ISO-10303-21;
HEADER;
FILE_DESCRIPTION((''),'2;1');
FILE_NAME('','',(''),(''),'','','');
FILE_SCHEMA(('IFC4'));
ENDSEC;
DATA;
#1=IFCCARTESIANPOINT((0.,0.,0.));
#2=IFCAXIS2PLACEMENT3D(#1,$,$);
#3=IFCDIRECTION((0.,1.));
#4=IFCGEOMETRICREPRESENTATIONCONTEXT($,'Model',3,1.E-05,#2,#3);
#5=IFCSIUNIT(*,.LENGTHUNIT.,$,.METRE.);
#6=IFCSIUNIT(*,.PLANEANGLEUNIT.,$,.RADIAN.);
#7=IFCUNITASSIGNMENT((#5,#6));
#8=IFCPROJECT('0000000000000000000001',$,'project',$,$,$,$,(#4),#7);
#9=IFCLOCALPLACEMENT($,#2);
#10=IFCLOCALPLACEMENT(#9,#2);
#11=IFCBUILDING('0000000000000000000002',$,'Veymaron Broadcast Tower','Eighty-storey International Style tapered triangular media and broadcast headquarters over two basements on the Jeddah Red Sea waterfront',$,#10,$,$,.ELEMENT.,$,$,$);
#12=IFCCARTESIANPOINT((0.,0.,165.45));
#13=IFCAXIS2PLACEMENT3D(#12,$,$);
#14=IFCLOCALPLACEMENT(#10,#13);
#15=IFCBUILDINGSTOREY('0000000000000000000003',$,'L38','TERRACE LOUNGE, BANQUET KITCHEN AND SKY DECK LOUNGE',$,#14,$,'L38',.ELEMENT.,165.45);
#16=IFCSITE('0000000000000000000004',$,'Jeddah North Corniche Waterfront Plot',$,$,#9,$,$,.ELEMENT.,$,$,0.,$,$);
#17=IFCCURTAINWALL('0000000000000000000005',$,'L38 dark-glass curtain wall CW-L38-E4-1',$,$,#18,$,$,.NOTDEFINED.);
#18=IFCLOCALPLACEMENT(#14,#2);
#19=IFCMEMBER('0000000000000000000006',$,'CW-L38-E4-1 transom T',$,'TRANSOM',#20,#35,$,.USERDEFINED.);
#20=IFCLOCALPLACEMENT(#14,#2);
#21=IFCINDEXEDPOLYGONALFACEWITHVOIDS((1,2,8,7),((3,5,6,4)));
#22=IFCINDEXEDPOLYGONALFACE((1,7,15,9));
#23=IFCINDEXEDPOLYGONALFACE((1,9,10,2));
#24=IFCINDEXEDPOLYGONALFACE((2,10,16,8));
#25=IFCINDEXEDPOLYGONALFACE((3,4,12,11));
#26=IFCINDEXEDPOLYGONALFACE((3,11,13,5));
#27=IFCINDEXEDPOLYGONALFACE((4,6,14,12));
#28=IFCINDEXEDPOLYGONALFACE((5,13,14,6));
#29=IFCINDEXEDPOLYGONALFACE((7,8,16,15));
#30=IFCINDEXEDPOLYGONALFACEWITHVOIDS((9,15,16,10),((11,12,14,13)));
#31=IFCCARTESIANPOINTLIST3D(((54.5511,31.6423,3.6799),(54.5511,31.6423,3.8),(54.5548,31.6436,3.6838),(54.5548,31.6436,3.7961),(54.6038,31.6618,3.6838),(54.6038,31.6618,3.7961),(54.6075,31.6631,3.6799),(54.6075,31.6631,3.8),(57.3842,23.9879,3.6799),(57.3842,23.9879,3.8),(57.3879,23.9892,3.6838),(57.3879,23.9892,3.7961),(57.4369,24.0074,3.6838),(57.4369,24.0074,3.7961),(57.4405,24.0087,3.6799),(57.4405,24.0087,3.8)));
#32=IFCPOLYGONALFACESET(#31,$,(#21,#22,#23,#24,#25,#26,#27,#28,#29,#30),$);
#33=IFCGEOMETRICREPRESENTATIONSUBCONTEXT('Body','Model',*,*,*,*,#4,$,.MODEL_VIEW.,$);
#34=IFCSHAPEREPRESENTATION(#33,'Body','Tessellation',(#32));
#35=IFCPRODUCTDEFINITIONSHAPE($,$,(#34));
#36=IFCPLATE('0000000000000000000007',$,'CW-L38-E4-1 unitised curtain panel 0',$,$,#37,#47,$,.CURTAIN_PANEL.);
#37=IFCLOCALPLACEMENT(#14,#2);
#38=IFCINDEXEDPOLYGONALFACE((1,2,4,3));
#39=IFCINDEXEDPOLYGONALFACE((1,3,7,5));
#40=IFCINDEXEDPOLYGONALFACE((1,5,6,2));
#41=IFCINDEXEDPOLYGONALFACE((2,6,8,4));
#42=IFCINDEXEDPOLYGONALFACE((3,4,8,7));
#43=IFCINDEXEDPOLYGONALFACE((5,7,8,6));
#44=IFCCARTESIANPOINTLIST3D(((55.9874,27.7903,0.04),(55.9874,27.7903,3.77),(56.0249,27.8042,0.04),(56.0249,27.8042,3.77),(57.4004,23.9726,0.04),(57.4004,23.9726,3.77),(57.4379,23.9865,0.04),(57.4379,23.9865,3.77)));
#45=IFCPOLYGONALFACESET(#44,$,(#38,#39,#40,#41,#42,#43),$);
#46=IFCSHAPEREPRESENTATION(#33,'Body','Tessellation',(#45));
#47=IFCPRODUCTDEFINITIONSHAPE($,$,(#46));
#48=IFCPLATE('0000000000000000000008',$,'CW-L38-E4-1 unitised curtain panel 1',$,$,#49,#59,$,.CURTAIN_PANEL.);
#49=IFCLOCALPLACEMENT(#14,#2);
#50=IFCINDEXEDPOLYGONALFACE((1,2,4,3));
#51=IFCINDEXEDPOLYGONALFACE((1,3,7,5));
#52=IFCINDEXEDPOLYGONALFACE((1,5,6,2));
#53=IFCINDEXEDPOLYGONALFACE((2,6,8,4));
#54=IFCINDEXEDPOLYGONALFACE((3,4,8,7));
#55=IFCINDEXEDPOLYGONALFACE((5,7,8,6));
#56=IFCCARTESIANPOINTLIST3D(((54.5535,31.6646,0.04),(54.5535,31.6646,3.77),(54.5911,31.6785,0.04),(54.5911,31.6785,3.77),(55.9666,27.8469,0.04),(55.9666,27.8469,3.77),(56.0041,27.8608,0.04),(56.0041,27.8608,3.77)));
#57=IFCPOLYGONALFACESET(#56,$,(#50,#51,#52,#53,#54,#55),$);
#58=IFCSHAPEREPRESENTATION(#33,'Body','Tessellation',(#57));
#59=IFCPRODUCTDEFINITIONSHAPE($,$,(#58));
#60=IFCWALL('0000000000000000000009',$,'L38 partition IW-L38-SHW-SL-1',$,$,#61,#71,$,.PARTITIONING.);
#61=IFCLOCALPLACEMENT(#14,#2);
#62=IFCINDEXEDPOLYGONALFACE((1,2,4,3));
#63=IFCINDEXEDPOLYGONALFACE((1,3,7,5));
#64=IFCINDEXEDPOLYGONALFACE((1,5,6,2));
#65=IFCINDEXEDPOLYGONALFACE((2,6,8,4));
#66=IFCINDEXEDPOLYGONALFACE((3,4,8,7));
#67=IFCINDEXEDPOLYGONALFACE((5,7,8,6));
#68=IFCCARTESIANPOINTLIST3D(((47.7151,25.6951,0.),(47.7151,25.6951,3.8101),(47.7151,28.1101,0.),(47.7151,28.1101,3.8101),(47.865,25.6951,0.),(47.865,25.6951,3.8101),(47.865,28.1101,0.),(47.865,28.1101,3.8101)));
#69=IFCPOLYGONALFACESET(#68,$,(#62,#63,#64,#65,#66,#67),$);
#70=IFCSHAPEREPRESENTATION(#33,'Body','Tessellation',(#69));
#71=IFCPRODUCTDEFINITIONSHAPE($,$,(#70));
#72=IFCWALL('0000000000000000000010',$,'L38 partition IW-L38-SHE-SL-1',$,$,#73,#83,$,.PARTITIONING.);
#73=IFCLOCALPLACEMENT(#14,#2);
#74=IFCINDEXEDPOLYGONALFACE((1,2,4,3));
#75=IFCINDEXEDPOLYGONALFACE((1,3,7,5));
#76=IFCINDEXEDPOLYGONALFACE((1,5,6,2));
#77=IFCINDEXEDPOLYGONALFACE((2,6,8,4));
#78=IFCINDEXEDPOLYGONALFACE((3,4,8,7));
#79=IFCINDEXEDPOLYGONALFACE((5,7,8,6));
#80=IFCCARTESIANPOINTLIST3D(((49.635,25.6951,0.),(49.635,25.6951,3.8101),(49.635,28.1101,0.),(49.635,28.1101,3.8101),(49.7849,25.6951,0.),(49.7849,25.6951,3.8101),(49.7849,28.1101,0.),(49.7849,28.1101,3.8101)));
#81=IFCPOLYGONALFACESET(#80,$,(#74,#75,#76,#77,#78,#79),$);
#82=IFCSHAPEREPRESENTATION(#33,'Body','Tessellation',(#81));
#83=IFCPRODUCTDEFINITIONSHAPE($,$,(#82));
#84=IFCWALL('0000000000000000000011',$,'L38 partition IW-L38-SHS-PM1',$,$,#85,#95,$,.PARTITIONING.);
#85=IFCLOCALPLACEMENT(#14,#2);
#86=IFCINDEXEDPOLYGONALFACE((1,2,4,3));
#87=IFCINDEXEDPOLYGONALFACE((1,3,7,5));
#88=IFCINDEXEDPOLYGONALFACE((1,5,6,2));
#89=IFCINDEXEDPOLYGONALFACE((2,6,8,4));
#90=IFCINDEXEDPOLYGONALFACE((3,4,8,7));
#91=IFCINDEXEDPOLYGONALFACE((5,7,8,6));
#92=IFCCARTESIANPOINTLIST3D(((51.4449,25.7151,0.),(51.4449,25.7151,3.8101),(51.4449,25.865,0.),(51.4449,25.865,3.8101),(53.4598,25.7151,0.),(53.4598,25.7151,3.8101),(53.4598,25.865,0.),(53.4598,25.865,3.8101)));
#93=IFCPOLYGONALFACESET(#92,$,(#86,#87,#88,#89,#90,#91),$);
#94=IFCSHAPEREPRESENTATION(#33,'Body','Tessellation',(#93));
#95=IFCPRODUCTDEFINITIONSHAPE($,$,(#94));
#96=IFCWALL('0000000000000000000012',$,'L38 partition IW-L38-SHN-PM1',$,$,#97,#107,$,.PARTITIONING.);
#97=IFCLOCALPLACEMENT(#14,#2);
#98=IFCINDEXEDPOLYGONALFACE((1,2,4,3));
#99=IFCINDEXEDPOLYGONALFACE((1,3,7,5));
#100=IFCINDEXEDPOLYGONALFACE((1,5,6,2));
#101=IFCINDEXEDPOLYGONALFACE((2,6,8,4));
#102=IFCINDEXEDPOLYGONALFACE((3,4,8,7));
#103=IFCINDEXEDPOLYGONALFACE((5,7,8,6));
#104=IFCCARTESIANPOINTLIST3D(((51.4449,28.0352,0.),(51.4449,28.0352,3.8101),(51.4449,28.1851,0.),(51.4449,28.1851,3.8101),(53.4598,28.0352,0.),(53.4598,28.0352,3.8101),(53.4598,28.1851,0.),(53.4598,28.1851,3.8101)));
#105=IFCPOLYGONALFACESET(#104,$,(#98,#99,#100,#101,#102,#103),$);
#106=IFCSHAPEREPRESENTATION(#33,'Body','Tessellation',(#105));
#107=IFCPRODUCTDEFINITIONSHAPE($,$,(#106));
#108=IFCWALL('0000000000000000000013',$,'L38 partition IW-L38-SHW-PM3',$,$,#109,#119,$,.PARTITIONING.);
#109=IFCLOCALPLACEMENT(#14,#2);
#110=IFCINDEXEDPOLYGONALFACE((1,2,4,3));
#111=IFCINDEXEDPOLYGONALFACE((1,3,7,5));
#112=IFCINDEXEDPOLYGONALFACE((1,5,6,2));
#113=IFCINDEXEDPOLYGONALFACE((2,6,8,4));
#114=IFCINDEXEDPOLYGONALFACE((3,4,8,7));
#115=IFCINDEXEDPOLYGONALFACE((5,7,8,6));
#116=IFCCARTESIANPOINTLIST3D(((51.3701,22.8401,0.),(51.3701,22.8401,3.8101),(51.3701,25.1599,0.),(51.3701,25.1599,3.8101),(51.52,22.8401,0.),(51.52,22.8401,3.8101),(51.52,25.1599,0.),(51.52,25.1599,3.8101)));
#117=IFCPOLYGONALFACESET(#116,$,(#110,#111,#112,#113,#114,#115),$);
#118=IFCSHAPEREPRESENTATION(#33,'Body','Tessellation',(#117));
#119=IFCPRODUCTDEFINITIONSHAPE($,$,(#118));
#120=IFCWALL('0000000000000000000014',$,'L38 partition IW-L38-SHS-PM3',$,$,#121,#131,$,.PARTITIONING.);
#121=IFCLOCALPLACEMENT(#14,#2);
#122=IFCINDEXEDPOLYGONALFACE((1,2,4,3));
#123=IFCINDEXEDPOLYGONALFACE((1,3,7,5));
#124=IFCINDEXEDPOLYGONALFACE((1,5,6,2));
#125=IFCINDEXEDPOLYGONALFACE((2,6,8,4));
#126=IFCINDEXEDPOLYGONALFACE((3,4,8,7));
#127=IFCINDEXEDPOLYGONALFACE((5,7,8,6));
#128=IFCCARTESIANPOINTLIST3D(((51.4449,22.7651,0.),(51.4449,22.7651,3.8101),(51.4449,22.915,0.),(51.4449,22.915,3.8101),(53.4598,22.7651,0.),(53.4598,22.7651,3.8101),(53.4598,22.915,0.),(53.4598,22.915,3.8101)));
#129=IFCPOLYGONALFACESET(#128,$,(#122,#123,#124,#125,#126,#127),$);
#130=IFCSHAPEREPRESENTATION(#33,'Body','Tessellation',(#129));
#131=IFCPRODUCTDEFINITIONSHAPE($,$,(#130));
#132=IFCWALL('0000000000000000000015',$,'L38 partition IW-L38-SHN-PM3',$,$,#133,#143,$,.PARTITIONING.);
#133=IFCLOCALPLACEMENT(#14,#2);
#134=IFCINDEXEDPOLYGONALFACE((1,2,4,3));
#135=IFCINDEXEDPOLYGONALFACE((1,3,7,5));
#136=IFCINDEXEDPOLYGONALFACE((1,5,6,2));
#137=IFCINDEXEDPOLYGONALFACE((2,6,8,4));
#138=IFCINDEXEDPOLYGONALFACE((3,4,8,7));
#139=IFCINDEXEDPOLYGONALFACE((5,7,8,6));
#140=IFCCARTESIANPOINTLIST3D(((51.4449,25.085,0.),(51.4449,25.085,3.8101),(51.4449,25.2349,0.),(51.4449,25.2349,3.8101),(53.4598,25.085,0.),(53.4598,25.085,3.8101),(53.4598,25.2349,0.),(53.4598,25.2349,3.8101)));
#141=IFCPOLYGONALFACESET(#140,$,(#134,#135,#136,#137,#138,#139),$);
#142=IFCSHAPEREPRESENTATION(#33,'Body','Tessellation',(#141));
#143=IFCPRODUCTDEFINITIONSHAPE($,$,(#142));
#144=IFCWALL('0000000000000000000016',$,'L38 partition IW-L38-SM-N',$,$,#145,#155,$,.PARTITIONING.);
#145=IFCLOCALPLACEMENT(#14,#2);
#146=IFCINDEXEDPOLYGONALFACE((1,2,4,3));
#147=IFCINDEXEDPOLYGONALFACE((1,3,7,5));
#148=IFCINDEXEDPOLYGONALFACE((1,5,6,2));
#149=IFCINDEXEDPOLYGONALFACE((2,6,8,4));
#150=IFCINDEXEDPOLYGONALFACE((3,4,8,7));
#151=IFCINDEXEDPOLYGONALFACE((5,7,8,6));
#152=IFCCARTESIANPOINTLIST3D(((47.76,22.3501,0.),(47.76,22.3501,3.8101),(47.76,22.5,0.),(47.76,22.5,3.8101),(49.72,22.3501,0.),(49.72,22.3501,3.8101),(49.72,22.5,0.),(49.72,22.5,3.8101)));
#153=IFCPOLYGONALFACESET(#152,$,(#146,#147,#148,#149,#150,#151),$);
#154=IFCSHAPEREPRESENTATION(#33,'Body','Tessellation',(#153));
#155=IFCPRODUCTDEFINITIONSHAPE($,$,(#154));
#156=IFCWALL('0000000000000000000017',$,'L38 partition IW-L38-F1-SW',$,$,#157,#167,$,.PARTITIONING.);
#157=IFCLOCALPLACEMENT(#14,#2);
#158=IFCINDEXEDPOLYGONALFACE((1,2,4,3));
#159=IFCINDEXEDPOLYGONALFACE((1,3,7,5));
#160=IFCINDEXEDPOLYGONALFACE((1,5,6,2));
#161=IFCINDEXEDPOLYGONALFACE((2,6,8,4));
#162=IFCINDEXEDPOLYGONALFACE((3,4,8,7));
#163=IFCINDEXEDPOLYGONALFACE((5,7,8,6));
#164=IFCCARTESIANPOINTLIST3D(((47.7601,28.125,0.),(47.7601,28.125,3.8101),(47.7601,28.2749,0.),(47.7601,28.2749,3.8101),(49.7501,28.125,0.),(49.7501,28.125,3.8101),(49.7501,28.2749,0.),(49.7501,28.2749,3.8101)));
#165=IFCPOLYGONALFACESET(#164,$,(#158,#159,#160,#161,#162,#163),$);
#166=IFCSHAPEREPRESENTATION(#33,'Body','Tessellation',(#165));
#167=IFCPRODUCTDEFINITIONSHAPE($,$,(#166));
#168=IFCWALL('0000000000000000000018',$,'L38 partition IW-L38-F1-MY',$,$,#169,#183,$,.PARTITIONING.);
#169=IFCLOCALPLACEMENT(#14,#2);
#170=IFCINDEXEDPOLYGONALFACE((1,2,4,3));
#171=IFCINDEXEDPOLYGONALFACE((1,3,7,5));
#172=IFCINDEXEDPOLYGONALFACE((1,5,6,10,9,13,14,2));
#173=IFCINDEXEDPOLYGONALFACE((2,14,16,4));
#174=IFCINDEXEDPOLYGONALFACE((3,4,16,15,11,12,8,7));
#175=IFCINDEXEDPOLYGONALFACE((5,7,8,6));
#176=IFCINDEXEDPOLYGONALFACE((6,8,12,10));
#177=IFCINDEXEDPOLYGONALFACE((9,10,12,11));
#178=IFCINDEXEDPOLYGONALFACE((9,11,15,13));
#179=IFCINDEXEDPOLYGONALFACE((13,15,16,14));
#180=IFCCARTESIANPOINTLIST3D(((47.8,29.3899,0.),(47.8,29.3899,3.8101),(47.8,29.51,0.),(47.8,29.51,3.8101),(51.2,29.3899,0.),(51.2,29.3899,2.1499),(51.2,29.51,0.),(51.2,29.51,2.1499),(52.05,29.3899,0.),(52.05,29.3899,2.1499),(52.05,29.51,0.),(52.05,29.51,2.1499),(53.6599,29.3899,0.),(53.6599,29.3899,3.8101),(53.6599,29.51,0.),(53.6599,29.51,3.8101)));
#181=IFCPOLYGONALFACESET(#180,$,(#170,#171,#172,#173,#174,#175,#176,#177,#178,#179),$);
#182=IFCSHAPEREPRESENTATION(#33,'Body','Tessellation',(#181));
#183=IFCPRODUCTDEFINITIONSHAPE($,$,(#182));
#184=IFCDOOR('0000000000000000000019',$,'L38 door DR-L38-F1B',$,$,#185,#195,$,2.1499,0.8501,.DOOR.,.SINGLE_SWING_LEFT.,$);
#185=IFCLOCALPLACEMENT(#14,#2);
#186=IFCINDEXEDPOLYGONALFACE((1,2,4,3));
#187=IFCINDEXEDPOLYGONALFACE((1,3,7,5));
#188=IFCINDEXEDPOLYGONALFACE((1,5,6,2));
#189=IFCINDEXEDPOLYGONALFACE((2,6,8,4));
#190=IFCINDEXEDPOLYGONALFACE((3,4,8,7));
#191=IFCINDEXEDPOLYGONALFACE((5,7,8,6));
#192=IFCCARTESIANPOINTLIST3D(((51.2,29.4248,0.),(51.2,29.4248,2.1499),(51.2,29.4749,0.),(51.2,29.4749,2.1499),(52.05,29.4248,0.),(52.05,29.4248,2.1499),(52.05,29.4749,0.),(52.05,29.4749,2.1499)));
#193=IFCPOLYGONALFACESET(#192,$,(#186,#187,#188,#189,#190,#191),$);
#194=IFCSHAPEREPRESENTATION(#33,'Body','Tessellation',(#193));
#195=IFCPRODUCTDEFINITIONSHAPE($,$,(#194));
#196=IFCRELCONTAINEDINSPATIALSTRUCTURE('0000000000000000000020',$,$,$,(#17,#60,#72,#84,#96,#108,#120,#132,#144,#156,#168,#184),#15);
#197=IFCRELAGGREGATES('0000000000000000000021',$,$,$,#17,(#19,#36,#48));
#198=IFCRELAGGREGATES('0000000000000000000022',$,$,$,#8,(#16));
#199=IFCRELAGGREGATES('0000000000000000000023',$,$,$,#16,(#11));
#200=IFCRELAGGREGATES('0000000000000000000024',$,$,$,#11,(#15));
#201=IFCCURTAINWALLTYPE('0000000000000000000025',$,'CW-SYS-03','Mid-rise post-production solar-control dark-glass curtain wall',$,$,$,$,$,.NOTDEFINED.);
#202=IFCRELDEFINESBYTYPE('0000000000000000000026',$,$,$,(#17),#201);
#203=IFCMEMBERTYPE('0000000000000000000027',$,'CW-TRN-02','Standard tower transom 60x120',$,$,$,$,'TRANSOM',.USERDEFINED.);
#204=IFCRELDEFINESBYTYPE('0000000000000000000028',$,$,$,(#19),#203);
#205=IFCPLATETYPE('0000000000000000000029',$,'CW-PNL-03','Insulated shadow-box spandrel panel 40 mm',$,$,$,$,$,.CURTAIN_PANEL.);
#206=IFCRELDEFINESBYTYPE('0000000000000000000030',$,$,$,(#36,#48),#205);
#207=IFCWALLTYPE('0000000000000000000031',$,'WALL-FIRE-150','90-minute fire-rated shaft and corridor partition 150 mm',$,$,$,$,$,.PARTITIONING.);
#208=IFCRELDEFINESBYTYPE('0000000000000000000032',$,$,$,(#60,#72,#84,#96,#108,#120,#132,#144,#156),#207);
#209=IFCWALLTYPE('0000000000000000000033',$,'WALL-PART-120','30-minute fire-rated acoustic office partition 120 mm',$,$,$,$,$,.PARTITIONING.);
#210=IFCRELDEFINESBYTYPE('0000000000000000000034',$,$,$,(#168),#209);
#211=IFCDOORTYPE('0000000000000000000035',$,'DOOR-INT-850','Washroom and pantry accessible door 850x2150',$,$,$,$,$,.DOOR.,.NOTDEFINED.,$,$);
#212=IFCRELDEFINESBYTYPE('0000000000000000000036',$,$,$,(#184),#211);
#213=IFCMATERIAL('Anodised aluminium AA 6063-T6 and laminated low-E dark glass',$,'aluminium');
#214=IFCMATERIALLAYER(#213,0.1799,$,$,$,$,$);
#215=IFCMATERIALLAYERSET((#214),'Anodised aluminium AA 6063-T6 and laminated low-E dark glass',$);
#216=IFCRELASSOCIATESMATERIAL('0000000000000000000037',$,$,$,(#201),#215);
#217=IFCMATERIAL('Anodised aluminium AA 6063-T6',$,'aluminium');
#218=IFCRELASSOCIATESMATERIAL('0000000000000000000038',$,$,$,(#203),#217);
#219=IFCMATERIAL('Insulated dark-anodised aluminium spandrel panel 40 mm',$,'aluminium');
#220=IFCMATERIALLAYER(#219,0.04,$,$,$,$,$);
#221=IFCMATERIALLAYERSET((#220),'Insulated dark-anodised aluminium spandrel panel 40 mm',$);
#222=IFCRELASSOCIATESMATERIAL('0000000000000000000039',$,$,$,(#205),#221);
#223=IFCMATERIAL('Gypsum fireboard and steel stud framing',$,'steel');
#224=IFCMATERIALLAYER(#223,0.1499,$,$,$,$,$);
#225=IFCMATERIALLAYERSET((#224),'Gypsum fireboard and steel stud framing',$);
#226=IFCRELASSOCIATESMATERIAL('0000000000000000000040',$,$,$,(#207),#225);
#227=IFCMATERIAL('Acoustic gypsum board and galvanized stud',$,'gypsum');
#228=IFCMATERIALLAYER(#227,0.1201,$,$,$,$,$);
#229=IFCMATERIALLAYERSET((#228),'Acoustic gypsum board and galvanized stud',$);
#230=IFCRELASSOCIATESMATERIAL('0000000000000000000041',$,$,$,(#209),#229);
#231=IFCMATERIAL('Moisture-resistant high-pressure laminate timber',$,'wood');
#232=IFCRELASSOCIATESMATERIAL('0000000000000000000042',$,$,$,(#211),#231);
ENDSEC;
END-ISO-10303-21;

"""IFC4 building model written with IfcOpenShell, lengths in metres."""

from ifc_helpers import new_model, si_unit, direction, frame, frame_2d, origin, origin_2d, place, context, subcontext, project, spatial, rectangle, hollow_rectangle, extrude, material, layer, layer_set, material_profile, profile_set, type_object, element, fill, aggregate, save


model = new_model("IFC4")

# Units and contexts
model_context = context("Model", 3, precision=1e-05, world=origin(), true_north=direction((0.0, 1.0)))
body_context = subcontext(model_context, "Body", "Model", "MODEL_VIEW")
ifc_project = project(units=[si_unit("LENGTHUNIT", "METRE"), si_unit("PLANEANGLEUNIT", "RADIAN")], contexts=[model_context])

# Site, building, storey
site_placement = place(None, origin())
site = spatial("IfcSite", under=ifc_project, at=site_placement, Name="Jeddah North Corniche Waterfront Plot", CompositionType="ELEMENT", RefElevation=0.0)
building_placement = place(site_placement, origin())
building = spatial("IfcBuilding", under=site, at=building_placement, Name="Veymaron Broadcast Tower", Description="Eighty-storey International Style tapered triangular media and broadcast headquarters over two basements on the Jeddah Red Sea waterfront", CompositionType="ELEMENT")
storey_placement = place(building_placement, frame((0.0, 0.0, 165.45)))
storey = spatial("IfcBuildingStorey", under=building, at=storey_placement, Name="L38", Description="TERRACE LOUNGE, BANQUET KITCHEN AND SKY DECK LOUNGE", LongName="L38", CompositionType="ELEMENT", Elevation=165.45)

# Shared definitions
ifc_material_1 = material(Name="Anodised aluminium AA 6063-T6 and laminated low-E dark glass", Category="aluminium")
ifc_layer_1 = layer(ifc_material_1, 0.1799)
ifc_layer_set_1 = layer_set([ifc_layer_1], Name="Anodised aluminium AA 6063-T6 and laminated low-E dark glass")
curtain_wall_type = type_object("IfcCurtainWallType", Name="CW-SYS-03", Description="Mid-rise post-production solar-control dark-glass curtain wall", PredefinedType="NOTDEFINED", material=ifc_layer_set_1)
ifc_material_2 = material(Name="Anodised aluminium AA 6063-T6", Category="aluminium")

# Curtain wall, member, plates
curtain_wall_1_placement = place(storey_placement, origin())
curtain_wall_1 = element("IfcCurtainWall", 1, at=curtain_wall_1_placement, inside=storey, type_object=curtain_wall_type, Name="L38 dark-glass curtain wall CW-L38-E4-1", PredefinedType="NOTDEFINED")
ifc_material_profile_1 = material_profile(ifc_material_2, hollow_rectangle(XDim=0.0601, YDim=0.1201, WallThickness=0.0039, at=origin_2d()), Name="AL120X60X4")
ifc_profile_set_1 = profile_set([ifc_material_profile_1], Name="Anodised aluminium AA 6063-T6")
member_type_1 = type_object("IfcMemberType", Name="CW-TRN-02", Description="Standard tower transom 60x120", ElementType="TRANSOM", PredefinedType="USERDEFINED", material=ifc_profile_set_1)
member_1_placement = place(storey_placement, frame((57.4124, 23.9983, 3.74), z_axis=(-0.347108, 0.937825, 0.0), x_axis=(-0.937825, -0.347108, 0.0)))
member_1 = element("IfcMember", 2, at=member_1_placement, type_object=member_type_1, Name="CW-L38-E4-1 transom T", ObjectType="TRANSOM", PredefinedType="USERDEFINED", context=body_context, shape_type="SweptSolid", body=[
    extrude(hollow_rectangle(XDim=0.0601, YDim=0.1201, WallThickness=0.0039, at=origin_2d()), origin(), (0.0, 0.0, 1.0), 8.1619),
])
ifc_material_3 = material(Name="Insulated dark-anodised aluminium spandrel panel 40 mm", Category="aluminium")
ifc_layer_2 = layer(ifc_material_3, 0.04)
ifc_layer_set_2 = layer_set([ifc_layer_2], Name="Insulated dark-anodised aluminium spandrel panel 40 mm")
plate_type = type_object("IfcPlateType", Name="CW-PNL-03", Description="Insulated shadow-box spandrel panel 40 mm", PredefinedType="CURTAIN_PANEL", material=ifc_layer_set_2)
plate_1_placement = place(storey_placement, frame((56.7126, 25.8884, 0.04), z_axis=(0.0, 0.0, 1.0), x_axis=(-0.347116, 0.937822, 0.0)))
plate_1 = element("IfcPlate", 3, at=plate_1_placement, type_object=plate_type, Name="CW-L38-E4-1 unitised curtain panel 0", PredefinedType="CURTAIN_PANEL", context=body_context, shape_type="SweptSolid", body=[
    extrude(rectangle(XDim=4.0708, YDim=0.04, at=origin_2d()), origin(), (0.0, 0.0, 1.0), 3.73),
])
plate_2_placement = place(storey_placement, frame((55.2788, 29.7627, 0.04), z_axis=(0.0, 0.0, 1.0), x_axis=(-0.347116, 0.937822, 0.0)))
plate_2 = element("IfcPlate", 4, at=plate_2_placement, type_object=plate_type, Name="CW-L38-E4-1 unitised curtain panel 1", PredefinedType="CURTAIN_PANEL", context=body_context, shape_type="SweptSolid", body=[
    extrude(rectangle(XDim=4.0708, YDim=0.04, at=origin_2d()), origin(), (0.0, 0.0, 1.0), 3.73),
])
aggregate(curtain_wall_1, [member_1, plate_1, plate_2])

# Shared definitions
ifc_material_4 = material(Name="Gypsum fireboard and steel stud framing", Category="steel")
ifc_layer_3 = layer(ifc_material_4, 0.1499)
ifc_layer_set_3 = layer_set([ifc_layer_3], Name="Gypsum fireboard and steel stud framing")
wall_type_1 = type_object("IfcWallType", Name="WALL-FIRE-150", Description="90-minute fire-rated shaft and corridor partition 150 mm", PredefinedType="PARTITIONING", material=ifc_layer_set_3)

# Walls
for number, where, z_axis, x_axis, name in (
    (5, (47.79, 25.6951, 0.0), (0.0, 0.0, 1.0), (0.0, 1.0, 0.0), "L38 partition IW-L38-SHW-SL-1"),
    (6, (49.71, 25.6951, 0.0), (0.0, 0.0, 1.0), (0.0, 1.0, 0.0), "L38 partition IW-L38-SHE-SL-1"),
):
    element("IfcWall", number, at=place(storey_placement, frame(where, z_axis=z_axis, x_axis=x_axis)), inside=storey, type_object=wall_type_1, Name=name, PredefinedType="PARTITIONING", context=body_context, shape_type="SweptSolid", body=[
        extrude(rectangle(XDim=2.415, YDim=0.1499, at=frame_2d((1.2075, 0.0))), origin(), (0.0, 0.0, 1.0), 3.8101),
    ])

# Walls
for number, where, z_axis, x_axis, name in (
    (7, (51.4451, 25.79, 0.0), (0.0, 0.0, 1.0), (1.0, 0.0, 0.0), "L38 partition IW-L38-SHS-PM1"),
    (8, (51.4451, 28.1101, 0.0), (0.0, 0.0, 1.0), (1.0, 0.0, 0.0), "L38 partition IW-L38-SHN-PM1"),
):
    element("IfcWall", number, at=place(storey_placement, frame(where, z_axis=z_axis, x_axis=x_axis)), inside=storey, type_object=wall_type_1, Name=name, PredefinedType="PARTITIONING", context=body_context, shape_type="SweptSolid", body=[
        extrude(rectangle(XDim=2.0149, YDim=0.1499, at=frame_2d((1.0073, 0.0))), origin(), (0.0, 0.0, 1.0), 3.8101),
    ])
wall_1_placement = place(storey_placement, frame((51.4451, 22.8401, 0.0), z_axis=(0.0, 0.0, 1.0), x_axis=(0.0, 1.0, 0.0)))
element("IfcWall", 9, at=wall_1_placement, inside=storey, type_object=wall_type_1, Name="L38 partition IW-L38-SHW-PM3", PredefinedType="PARTITIONING", context=body_context, shape_type="SweptSolid", body=[
    extrude(rectangle(XDim=2.3198, YDim=0.1499, at=frame_2d((1.1599, 0.0))), origin(), (0.0, 0.0, 1.0), 3.8101),
])
for number, where, z_axis, x_axis, name in (
    (10, (51.4451, 22.8401, 0.0), (0.0, 0.0, 1.0), (1.0, 0.0, 0.0), "L38 partition IW-L38-SHS-PM3"),
    (11, (51.4451, 25.1599, 0.0), (0.0, 0.0, 1.0), (1.0, 0.0, 0.0), "L38 partition IW-L38-SHN-PM3"),
):
    element("IfcWall", number, at=place(storey_placement, frame(where, z_axis=z_axis, x_axis=x_axis)), inside=storey, type_object=wall_type_1, Name=name, PredefinedType="PARTITIONING", context=body_context, shape_type="SweptSolid", body=[
        extrude(rectangle(XDim=2.0149, YDim=0.1499, at=frame_2d((1.0073, 0.0))), origin(), (0.0, 0.0, 1.0), 3.8101),
    ])
wall_2_placement = place(storey_placement, frame((47.76, 22.425, 0.0), z_axis=(0.0, 0.0, 1.0), x_axis=(1.0, 0.0, 0.0)))
element("IfcWall", 12, at=wall_2_placement, inside=storey, type_object=wall_type_1, Name="L38 partition IW-L38-SM-N", PredefinedType="PARTITIONING", context=body_context, shape_type="SweptSolid", body=[
    extrude(rectangle(XDim=1.96, YDim=0.1499, at=frame_2d((0.98, 0.0))), origin(), (0.0, 0.0, 1.0), 3.8101),
])
wall_3_placement = place(storey_placement, frame((47.76, 28.2, 0.0), z_axis=(0.0, 0.0, 1.0), x_axis=(1.0, 0.0, 0.0)))
element("IfcWall", 13, at=wall_3_placement, inside=storey, type_object=wall_type_1, Name="L38 partition IW-L38-F1-SW", PredefinedType="PARTITIONING", context=body_context, shape_type="SweptSolid", body=[
    extrude(rectangle(XDim=1.99, YDim=0.1499, at=frame_2d((0.9951, 0.0))), origin(), (0.0, 0.0, 1.0), 3.8101),
])

# Wall, opening, door
ifc_material_5 = material(Name="Acoustic gypsum board and galvanized stud", Category="gypsum")
ifc_layer_4 = layer(ifc_material_5, 0.1201)
ifc_layer_set_4 = layer_set([ifc_layer_4], Name="Acoustic gypsum board and galvanized stud")
wall_type_2 = type_object("IfcWallType", Name="WALL-PART-120", Description="30-minute fire-rated acoustic office partition 120 mm", PredefinedType="PARTITIONING", material=ifc_layer_set_4)
ifc_material_6 = material(Name="Moisture-resistant high-pressure laminate timber", Category="wood")
door_type_1 = type_object("IfcDoorType", Name="DOOR-INT-850", Description="Washroom and pantry accessible door 850x2150", OperationType="NOTDEFINED", PredefinedType="DOOR", material=ifc_material_6)
wall_4_placement = place(storey_placement, frame((47.8, 29.45, 0.0), z_axis=(0.0, 0.0, 1.0), x_axis=(1.0, 0.0, 0.0)))
wall_4 = element("IfcWall", 14, at=wall_4_placement, inside=storey, type_object=wall_type_2, Name="L38 partition IW-L38-F1-MY", PredefinedType="PARTITIONING", context=body_context, shape_type="SweptSolid", body=[
    extrude(rectangle(XDim=5.8599, YDim=0.1201, at=frame_2d((2.9299, 0.0))), origin(), (0.0, 0.0, 1.0), 3.8101),
])
opening_1_placement = place(wall_4_placement, frame((3.3999, 0.0, 0.0)))
opening_1 = element("IfcOpeningElement", 15, at=opening_1_placement, cuts=wall_4, PredefinedType="OPENING", context=body_context, shape_type="SweptSolid", body=[
    extrude(rectangle(XDim=0.8501, YDim=2.1499, at=frame_2d((0.425, 1.075))), frame((0.0, 0.0701, 0.0), z_axis=(0.0, -1.0, 0.0), x_axis=(1.0, 0.0, 0.0)), (0.0, 0.0, 1.0), 0.1401),
])
door_1_placement = place(opening_1_placement, origin())
door_1 = element("IfcDoor", 16, at=door_1_placement, inside=storey, type_object=door_type_1, Name="L38 door DR-L38-F1B", OperationType="SINGLE_SWING_LEFT", OverallHeight=2.1499, OverallWidth=0.8501, PredefinedType="DOOR", context=body_context, shape_type="SweptSolid", body=[
    extrude(rectangle(XDim=0.8501, YDim=2.1499, at=frame_2d((0.425, 1.075))), frame((0.0, 0.0249, 0.0), z_axis=(0.0, -1.0, 0.0), x_axis=(1.0, 0.0, 0.0)), (0.0, 0.0, 1.0), 0.05),
])
fill(opening_1, door_1)

save(model, "model.ifc")
